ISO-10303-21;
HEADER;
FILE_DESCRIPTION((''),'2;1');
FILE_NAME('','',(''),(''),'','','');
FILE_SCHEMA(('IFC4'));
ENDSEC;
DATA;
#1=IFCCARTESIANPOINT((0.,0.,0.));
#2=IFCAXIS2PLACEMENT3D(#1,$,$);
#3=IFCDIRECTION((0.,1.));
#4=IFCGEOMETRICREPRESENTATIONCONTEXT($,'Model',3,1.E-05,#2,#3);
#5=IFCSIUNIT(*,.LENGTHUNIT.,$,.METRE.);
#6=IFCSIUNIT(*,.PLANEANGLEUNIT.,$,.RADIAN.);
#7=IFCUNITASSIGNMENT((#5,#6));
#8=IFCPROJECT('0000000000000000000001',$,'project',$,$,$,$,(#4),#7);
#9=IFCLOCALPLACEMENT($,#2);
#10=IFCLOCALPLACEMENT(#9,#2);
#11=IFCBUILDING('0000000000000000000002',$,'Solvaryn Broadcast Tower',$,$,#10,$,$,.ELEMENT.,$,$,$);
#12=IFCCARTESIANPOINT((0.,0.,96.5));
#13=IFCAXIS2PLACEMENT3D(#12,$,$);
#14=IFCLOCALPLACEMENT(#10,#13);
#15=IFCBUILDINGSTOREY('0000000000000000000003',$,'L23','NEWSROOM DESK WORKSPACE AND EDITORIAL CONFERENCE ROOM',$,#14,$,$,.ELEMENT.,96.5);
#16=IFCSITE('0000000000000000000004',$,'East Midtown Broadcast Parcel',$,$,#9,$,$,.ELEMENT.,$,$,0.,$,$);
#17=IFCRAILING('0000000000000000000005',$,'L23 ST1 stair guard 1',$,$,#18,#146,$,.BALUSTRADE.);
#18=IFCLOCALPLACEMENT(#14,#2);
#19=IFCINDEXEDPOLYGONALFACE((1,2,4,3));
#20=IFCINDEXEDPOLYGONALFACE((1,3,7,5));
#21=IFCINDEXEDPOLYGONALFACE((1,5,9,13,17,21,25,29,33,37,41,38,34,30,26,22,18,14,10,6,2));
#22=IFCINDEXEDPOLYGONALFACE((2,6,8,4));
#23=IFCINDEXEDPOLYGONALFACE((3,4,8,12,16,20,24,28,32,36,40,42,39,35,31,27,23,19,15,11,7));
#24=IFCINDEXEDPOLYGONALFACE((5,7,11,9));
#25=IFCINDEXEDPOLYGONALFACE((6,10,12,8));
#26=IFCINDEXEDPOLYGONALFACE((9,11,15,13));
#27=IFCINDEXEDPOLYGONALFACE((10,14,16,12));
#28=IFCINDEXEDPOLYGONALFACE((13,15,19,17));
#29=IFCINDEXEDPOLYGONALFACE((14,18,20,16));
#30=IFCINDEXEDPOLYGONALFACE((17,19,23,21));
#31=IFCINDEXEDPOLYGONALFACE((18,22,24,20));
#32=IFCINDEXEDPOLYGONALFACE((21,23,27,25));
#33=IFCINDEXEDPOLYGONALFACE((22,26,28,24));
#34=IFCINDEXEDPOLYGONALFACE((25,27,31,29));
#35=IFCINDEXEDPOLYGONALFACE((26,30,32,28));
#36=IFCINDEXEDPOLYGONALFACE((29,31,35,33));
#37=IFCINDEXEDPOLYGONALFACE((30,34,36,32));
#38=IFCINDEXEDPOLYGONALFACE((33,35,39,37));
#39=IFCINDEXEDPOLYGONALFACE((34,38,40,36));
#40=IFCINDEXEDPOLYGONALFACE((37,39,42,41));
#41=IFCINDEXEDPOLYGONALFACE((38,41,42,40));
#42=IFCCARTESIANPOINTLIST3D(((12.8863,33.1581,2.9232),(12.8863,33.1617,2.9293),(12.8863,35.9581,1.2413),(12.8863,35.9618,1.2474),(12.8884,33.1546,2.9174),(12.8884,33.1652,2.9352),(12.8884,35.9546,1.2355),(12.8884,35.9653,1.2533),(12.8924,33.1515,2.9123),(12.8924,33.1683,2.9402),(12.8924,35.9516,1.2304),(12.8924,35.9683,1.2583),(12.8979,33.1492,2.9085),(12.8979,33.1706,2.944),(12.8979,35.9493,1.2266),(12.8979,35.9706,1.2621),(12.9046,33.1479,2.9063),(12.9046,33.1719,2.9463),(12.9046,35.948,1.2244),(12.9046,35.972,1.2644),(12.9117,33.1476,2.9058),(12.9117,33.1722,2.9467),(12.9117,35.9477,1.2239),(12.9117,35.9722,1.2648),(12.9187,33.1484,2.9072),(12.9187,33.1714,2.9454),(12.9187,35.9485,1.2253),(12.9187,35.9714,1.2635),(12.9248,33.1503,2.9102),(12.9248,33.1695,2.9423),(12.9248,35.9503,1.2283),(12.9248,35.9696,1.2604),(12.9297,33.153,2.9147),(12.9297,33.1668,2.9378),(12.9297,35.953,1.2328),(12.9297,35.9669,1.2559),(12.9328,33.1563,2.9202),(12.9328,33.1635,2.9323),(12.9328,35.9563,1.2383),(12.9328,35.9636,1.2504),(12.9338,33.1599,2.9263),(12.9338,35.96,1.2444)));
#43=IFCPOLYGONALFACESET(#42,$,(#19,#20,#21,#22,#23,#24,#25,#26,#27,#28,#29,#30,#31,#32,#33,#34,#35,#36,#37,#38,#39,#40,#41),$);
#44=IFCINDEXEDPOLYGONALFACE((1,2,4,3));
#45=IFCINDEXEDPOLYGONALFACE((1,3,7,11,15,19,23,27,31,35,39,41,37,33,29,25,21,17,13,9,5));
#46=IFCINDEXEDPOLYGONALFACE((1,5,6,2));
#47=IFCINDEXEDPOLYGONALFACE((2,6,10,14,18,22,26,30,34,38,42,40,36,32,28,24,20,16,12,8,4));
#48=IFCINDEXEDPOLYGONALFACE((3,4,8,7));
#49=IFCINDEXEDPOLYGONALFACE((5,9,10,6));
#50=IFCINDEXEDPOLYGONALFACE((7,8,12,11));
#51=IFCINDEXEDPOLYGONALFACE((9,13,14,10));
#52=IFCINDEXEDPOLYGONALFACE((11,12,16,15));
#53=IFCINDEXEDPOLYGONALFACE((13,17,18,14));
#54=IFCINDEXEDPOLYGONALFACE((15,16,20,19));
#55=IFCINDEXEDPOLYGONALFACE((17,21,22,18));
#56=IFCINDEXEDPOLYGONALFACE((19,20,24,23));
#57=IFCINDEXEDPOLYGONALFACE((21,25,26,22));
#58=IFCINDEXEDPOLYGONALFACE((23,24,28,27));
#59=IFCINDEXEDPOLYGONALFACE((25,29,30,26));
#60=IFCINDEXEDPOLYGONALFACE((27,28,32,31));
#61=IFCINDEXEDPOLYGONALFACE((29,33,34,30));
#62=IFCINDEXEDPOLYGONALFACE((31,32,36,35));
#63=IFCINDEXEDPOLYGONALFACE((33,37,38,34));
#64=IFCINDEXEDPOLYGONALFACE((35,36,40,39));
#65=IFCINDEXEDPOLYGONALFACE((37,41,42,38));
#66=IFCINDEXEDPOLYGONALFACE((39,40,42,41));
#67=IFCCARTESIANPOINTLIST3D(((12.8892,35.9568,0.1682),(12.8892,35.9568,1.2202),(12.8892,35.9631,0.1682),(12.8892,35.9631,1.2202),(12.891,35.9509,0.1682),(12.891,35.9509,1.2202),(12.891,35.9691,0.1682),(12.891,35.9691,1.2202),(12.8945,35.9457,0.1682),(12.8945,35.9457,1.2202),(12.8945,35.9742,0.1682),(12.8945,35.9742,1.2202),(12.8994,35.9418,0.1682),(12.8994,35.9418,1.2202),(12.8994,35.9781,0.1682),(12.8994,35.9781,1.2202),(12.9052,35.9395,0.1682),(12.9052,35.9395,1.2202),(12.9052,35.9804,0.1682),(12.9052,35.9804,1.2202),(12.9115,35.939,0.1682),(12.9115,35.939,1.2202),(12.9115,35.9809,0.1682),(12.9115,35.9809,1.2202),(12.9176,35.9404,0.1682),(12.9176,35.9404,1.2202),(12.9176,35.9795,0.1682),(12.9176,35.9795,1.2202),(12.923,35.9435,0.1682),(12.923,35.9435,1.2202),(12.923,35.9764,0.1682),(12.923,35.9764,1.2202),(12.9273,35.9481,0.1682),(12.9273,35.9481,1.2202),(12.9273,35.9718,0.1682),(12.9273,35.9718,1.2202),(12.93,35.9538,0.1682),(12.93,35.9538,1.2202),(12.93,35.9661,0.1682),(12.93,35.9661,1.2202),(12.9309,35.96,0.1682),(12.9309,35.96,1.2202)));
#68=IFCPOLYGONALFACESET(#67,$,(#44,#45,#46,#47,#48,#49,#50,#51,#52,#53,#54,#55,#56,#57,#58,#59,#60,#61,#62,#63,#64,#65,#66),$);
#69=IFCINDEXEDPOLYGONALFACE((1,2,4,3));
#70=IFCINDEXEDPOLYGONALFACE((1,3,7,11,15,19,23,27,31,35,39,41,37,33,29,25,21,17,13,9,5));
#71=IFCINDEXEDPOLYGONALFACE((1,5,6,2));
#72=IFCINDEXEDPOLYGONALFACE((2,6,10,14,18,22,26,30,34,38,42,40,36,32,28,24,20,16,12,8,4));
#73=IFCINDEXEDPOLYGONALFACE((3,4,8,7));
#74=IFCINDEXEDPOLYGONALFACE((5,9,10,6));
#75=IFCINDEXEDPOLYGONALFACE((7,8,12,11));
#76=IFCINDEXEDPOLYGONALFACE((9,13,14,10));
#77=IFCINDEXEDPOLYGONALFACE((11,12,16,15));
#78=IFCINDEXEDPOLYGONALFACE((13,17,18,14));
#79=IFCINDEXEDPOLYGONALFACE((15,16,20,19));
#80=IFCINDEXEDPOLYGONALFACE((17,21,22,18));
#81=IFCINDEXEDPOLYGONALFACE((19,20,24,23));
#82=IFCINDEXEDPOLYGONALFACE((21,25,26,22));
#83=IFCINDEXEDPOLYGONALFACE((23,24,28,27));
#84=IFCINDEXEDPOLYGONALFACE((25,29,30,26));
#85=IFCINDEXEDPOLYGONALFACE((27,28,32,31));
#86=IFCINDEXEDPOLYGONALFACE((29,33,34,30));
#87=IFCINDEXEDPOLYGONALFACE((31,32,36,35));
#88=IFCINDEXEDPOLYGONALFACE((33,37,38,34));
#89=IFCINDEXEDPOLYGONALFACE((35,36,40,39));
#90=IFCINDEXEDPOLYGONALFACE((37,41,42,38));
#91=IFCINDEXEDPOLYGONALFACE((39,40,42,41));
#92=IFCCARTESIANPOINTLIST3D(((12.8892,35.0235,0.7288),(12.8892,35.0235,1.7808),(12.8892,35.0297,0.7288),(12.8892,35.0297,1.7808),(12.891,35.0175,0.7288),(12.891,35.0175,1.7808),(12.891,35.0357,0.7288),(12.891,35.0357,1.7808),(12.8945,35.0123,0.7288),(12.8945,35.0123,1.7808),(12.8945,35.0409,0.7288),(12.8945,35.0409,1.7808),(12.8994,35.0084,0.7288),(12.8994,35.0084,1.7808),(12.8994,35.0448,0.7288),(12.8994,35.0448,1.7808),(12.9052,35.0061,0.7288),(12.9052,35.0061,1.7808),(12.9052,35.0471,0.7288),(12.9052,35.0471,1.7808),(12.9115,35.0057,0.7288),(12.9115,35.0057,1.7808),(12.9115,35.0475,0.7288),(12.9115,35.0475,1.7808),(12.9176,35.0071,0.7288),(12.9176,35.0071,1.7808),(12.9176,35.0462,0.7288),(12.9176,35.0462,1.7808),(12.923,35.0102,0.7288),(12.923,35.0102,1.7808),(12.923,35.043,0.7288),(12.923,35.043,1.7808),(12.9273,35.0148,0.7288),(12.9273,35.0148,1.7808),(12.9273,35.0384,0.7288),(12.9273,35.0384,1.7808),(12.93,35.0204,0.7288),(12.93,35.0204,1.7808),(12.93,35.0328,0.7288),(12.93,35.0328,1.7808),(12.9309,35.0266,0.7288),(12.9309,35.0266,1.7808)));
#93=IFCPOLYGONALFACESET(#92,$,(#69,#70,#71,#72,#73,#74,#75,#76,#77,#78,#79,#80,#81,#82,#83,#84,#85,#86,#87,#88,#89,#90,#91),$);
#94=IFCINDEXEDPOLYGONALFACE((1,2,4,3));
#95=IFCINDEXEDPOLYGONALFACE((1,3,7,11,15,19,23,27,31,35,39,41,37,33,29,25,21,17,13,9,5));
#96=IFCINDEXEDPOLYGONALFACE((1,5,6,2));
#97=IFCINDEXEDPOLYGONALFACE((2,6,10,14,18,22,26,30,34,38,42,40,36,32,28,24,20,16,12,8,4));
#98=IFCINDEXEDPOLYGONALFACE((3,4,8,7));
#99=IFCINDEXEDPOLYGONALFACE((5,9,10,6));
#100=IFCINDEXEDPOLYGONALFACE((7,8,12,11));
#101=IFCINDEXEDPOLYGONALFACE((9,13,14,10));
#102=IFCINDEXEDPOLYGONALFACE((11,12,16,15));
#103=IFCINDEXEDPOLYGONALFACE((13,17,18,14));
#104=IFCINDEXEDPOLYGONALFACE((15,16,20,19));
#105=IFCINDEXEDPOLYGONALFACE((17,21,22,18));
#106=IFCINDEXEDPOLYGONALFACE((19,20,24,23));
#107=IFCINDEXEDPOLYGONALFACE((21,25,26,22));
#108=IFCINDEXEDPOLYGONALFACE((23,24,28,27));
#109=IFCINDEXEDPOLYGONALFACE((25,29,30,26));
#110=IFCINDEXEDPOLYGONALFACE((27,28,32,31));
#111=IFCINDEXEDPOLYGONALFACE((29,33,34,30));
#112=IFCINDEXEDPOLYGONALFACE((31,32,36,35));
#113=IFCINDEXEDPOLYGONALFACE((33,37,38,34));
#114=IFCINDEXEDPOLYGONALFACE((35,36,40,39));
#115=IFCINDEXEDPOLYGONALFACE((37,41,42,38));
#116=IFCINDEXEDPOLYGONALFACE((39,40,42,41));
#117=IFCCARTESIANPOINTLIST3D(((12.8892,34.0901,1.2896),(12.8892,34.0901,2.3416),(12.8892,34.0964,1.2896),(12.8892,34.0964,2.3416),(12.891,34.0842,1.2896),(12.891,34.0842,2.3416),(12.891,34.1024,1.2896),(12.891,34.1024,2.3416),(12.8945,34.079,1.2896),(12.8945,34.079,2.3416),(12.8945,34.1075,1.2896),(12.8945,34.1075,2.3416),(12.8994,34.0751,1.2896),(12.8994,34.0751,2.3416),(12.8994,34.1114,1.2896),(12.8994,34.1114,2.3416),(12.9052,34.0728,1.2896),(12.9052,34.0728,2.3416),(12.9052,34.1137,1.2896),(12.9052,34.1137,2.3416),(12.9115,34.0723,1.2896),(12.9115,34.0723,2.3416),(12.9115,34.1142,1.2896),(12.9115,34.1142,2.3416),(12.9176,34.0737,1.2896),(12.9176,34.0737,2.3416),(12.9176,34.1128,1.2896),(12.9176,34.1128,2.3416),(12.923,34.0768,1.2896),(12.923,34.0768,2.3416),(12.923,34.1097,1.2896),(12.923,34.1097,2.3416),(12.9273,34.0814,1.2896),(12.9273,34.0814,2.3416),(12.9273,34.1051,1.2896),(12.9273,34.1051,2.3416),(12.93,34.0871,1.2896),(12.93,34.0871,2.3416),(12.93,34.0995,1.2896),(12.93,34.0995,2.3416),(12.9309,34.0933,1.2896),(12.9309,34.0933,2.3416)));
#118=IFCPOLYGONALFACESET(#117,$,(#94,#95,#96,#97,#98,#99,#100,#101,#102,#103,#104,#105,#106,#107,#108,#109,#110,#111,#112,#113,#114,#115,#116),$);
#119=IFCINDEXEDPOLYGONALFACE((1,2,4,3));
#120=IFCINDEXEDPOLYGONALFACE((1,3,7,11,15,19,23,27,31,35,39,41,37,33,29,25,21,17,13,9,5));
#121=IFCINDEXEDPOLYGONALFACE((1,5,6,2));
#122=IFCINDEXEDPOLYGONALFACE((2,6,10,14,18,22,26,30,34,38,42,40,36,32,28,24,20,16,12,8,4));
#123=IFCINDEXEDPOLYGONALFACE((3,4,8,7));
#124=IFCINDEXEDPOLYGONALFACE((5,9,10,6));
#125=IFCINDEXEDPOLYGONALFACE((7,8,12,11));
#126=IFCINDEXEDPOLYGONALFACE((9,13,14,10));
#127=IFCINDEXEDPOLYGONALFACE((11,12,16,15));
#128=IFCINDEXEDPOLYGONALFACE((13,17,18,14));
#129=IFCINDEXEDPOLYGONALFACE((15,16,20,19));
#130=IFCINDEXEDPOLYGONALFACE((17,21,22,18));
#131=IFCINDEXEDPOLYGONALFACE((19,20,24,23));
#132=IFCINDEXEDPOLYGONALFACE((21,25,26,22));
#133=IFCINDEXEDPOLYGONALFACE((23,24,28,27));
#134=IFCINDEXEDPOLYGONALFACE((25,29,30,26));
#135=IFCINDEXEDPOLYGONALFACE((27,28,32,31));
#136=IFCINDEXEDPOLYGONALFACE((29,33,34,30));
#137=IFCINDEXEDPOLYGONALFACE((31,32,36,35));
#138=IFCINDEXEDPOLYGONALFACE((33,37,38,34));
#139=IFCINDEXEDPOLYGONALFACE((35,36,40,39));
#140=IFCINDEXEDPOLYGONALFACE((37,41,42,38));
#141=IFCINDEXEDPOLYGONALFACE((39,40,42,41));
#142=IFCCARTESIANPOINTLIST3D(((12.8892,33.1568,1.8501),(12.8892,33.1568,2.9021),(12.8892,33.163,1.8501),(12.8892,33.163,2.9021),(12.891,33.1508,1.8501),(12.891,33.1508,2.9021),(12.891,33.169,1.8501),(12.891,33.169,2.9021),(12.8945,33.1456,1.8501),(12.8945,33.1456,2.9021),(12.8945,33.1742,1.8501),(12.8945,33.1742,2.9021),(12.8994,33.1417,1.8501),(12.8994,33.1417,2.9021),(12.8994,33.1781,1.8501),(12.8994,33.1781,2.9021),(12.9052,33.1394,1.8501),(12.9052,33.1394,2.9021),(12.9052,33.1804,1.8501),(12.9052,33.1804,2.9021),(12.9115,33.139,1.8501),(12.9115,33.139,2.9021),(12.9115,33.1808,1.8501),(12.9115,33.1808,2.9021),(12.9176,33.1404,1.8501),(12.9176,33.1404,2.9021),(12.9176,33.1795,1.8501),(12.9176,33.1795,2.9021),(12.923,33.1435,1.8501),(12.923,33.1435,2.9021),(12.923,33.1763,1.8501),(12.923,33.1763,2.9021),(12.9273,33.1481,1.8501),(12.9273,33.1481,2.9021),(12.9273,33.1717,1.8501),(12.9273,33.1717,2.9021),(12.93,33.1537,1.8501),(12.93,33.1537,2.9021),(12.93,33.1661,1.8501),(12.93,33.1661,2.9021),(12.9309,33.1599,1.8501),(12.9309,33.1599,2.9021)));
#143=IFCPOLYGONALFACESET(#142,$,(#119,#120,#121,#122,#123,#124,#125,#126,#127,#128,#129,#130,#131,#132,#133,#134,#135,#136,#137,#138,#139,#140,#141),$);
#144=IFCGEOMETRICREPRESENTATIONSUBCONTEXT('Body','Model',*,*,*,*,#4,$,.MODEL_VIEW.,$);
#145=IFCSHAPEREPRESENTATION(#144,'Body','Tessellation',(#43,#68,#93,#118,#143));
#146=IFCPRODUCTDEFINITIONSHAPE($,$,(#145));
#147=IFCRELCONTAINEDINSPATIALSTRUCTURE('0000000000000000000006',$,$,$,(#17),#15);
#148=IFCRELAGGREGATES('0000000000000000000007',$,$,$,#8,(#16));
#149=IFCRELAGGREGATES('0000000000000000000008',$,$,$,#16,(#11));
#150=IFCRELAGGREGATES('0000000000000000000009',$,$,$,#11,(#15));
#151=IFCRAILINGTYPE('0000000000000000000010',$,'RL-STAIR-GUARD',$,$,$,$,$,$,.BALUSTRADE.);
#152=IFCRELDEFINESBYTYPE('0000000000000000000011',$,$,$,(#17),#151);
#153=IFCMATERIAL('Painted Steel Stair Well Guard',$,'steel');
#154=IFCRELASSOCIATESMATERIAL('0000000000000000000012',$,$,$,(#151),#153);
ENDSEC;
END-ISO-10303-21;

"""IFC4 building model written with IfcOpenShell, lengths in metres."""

from ifc_helpers import new_model, si_unit, direction, frame, origin, origin_2d, place, context, subcontext, project, spatial, circle, extrude, material, type_object, element, save


model = new_model("IFC4")

# Units and contexts
model_context = context("Model", 3, precision=1e-05, world=origin(), true_north=direction((0.0, 1.0)))
body_context = subcontext(model_context, "Body", "Model", "MODEL_VIEW")
ifc_project = project(units=[si_unit("LENGTHUNIT", "METRE"), si_unit("PLANEANGLEUNIT", "RADIAN")], contexts=[model_context])

# Site, building, storey
site_placement = place(None, origin())
site = spatial("IfcSite", under=ifc_project, at=site_placement, Name="East Midtown Broadcast Parcel", CompositionType="ELEMENT", RefElevation=0.0)
building_placement = place(site_placement, origin())
building = spatial("IfcBuilding", under=site, at=building_placement, Name="Solvaryn Broadcast Tower", CompositionType="ELEMENT")
storey_placement = place(building_placement, frame((0.0, 0.0, 96.5)))
storey = spatial("IfcBuildingStorey", under=building, at=storey_placement, Name="L23", Description="NEWSROOM DESK WORKSPACE AND EDITORIAL CONFERENCE ROOM", CompositionType="ELEMENT", Elevation=96.5)

# Railing
ifc_material_1 = material(Name="Painted Steel Stair Well Guard", Category="steel")
railing_type_1 = type_object("IfcRailingType", Name="RL-STAIR-GUARD", PredefinedType="BALUSTRADE", material=ifc_material_1)
railing_1_placement = place(storey_placement, frame((12.9099, 35.96, 0.1682)))
element("IfcRailing", 1, at=railing_1_placement, inside=storey, type_object=railing_type_1, Name="L23 ST1 stair guard 1", PredefinedType="BALUSTRADE", context=body_context, shape_type="SweptSolid", body=[
    extrude(circle(Radius=0.0239, at=origin_2d()), frame((0.0, 0.0, 1.0762), z_axis=(0.0, -0.857242, 0.514913), x_axis=(1.0, 0.0, 0.0)), (0.0, 0.0, 1.0), 3.2664),
    extrude(circle(Radius=0.021, at=origin_2d()), origin(), (0.0, 0.0, 1.0), 1.052),
    extrude(circle(Radius=0.021, at=origin_2d()), frame((0.0, -0.9333, 0.5605)), (0.0, 0.0, 1.0), 1.052),
    extrude(circle(Radius=0.021, at=origin_2d()), frame((0.0, -1.8667, 1.1213)), (0.0, 0.0, 1.0), 1.052),
    extrude(circle(Radius=0.021, at=origin_2d()), frame((0.0, -2.8, 1.6819)), (0.0, 0.0, 1.0), 1.052),
])

save(model, "model.ifc")
